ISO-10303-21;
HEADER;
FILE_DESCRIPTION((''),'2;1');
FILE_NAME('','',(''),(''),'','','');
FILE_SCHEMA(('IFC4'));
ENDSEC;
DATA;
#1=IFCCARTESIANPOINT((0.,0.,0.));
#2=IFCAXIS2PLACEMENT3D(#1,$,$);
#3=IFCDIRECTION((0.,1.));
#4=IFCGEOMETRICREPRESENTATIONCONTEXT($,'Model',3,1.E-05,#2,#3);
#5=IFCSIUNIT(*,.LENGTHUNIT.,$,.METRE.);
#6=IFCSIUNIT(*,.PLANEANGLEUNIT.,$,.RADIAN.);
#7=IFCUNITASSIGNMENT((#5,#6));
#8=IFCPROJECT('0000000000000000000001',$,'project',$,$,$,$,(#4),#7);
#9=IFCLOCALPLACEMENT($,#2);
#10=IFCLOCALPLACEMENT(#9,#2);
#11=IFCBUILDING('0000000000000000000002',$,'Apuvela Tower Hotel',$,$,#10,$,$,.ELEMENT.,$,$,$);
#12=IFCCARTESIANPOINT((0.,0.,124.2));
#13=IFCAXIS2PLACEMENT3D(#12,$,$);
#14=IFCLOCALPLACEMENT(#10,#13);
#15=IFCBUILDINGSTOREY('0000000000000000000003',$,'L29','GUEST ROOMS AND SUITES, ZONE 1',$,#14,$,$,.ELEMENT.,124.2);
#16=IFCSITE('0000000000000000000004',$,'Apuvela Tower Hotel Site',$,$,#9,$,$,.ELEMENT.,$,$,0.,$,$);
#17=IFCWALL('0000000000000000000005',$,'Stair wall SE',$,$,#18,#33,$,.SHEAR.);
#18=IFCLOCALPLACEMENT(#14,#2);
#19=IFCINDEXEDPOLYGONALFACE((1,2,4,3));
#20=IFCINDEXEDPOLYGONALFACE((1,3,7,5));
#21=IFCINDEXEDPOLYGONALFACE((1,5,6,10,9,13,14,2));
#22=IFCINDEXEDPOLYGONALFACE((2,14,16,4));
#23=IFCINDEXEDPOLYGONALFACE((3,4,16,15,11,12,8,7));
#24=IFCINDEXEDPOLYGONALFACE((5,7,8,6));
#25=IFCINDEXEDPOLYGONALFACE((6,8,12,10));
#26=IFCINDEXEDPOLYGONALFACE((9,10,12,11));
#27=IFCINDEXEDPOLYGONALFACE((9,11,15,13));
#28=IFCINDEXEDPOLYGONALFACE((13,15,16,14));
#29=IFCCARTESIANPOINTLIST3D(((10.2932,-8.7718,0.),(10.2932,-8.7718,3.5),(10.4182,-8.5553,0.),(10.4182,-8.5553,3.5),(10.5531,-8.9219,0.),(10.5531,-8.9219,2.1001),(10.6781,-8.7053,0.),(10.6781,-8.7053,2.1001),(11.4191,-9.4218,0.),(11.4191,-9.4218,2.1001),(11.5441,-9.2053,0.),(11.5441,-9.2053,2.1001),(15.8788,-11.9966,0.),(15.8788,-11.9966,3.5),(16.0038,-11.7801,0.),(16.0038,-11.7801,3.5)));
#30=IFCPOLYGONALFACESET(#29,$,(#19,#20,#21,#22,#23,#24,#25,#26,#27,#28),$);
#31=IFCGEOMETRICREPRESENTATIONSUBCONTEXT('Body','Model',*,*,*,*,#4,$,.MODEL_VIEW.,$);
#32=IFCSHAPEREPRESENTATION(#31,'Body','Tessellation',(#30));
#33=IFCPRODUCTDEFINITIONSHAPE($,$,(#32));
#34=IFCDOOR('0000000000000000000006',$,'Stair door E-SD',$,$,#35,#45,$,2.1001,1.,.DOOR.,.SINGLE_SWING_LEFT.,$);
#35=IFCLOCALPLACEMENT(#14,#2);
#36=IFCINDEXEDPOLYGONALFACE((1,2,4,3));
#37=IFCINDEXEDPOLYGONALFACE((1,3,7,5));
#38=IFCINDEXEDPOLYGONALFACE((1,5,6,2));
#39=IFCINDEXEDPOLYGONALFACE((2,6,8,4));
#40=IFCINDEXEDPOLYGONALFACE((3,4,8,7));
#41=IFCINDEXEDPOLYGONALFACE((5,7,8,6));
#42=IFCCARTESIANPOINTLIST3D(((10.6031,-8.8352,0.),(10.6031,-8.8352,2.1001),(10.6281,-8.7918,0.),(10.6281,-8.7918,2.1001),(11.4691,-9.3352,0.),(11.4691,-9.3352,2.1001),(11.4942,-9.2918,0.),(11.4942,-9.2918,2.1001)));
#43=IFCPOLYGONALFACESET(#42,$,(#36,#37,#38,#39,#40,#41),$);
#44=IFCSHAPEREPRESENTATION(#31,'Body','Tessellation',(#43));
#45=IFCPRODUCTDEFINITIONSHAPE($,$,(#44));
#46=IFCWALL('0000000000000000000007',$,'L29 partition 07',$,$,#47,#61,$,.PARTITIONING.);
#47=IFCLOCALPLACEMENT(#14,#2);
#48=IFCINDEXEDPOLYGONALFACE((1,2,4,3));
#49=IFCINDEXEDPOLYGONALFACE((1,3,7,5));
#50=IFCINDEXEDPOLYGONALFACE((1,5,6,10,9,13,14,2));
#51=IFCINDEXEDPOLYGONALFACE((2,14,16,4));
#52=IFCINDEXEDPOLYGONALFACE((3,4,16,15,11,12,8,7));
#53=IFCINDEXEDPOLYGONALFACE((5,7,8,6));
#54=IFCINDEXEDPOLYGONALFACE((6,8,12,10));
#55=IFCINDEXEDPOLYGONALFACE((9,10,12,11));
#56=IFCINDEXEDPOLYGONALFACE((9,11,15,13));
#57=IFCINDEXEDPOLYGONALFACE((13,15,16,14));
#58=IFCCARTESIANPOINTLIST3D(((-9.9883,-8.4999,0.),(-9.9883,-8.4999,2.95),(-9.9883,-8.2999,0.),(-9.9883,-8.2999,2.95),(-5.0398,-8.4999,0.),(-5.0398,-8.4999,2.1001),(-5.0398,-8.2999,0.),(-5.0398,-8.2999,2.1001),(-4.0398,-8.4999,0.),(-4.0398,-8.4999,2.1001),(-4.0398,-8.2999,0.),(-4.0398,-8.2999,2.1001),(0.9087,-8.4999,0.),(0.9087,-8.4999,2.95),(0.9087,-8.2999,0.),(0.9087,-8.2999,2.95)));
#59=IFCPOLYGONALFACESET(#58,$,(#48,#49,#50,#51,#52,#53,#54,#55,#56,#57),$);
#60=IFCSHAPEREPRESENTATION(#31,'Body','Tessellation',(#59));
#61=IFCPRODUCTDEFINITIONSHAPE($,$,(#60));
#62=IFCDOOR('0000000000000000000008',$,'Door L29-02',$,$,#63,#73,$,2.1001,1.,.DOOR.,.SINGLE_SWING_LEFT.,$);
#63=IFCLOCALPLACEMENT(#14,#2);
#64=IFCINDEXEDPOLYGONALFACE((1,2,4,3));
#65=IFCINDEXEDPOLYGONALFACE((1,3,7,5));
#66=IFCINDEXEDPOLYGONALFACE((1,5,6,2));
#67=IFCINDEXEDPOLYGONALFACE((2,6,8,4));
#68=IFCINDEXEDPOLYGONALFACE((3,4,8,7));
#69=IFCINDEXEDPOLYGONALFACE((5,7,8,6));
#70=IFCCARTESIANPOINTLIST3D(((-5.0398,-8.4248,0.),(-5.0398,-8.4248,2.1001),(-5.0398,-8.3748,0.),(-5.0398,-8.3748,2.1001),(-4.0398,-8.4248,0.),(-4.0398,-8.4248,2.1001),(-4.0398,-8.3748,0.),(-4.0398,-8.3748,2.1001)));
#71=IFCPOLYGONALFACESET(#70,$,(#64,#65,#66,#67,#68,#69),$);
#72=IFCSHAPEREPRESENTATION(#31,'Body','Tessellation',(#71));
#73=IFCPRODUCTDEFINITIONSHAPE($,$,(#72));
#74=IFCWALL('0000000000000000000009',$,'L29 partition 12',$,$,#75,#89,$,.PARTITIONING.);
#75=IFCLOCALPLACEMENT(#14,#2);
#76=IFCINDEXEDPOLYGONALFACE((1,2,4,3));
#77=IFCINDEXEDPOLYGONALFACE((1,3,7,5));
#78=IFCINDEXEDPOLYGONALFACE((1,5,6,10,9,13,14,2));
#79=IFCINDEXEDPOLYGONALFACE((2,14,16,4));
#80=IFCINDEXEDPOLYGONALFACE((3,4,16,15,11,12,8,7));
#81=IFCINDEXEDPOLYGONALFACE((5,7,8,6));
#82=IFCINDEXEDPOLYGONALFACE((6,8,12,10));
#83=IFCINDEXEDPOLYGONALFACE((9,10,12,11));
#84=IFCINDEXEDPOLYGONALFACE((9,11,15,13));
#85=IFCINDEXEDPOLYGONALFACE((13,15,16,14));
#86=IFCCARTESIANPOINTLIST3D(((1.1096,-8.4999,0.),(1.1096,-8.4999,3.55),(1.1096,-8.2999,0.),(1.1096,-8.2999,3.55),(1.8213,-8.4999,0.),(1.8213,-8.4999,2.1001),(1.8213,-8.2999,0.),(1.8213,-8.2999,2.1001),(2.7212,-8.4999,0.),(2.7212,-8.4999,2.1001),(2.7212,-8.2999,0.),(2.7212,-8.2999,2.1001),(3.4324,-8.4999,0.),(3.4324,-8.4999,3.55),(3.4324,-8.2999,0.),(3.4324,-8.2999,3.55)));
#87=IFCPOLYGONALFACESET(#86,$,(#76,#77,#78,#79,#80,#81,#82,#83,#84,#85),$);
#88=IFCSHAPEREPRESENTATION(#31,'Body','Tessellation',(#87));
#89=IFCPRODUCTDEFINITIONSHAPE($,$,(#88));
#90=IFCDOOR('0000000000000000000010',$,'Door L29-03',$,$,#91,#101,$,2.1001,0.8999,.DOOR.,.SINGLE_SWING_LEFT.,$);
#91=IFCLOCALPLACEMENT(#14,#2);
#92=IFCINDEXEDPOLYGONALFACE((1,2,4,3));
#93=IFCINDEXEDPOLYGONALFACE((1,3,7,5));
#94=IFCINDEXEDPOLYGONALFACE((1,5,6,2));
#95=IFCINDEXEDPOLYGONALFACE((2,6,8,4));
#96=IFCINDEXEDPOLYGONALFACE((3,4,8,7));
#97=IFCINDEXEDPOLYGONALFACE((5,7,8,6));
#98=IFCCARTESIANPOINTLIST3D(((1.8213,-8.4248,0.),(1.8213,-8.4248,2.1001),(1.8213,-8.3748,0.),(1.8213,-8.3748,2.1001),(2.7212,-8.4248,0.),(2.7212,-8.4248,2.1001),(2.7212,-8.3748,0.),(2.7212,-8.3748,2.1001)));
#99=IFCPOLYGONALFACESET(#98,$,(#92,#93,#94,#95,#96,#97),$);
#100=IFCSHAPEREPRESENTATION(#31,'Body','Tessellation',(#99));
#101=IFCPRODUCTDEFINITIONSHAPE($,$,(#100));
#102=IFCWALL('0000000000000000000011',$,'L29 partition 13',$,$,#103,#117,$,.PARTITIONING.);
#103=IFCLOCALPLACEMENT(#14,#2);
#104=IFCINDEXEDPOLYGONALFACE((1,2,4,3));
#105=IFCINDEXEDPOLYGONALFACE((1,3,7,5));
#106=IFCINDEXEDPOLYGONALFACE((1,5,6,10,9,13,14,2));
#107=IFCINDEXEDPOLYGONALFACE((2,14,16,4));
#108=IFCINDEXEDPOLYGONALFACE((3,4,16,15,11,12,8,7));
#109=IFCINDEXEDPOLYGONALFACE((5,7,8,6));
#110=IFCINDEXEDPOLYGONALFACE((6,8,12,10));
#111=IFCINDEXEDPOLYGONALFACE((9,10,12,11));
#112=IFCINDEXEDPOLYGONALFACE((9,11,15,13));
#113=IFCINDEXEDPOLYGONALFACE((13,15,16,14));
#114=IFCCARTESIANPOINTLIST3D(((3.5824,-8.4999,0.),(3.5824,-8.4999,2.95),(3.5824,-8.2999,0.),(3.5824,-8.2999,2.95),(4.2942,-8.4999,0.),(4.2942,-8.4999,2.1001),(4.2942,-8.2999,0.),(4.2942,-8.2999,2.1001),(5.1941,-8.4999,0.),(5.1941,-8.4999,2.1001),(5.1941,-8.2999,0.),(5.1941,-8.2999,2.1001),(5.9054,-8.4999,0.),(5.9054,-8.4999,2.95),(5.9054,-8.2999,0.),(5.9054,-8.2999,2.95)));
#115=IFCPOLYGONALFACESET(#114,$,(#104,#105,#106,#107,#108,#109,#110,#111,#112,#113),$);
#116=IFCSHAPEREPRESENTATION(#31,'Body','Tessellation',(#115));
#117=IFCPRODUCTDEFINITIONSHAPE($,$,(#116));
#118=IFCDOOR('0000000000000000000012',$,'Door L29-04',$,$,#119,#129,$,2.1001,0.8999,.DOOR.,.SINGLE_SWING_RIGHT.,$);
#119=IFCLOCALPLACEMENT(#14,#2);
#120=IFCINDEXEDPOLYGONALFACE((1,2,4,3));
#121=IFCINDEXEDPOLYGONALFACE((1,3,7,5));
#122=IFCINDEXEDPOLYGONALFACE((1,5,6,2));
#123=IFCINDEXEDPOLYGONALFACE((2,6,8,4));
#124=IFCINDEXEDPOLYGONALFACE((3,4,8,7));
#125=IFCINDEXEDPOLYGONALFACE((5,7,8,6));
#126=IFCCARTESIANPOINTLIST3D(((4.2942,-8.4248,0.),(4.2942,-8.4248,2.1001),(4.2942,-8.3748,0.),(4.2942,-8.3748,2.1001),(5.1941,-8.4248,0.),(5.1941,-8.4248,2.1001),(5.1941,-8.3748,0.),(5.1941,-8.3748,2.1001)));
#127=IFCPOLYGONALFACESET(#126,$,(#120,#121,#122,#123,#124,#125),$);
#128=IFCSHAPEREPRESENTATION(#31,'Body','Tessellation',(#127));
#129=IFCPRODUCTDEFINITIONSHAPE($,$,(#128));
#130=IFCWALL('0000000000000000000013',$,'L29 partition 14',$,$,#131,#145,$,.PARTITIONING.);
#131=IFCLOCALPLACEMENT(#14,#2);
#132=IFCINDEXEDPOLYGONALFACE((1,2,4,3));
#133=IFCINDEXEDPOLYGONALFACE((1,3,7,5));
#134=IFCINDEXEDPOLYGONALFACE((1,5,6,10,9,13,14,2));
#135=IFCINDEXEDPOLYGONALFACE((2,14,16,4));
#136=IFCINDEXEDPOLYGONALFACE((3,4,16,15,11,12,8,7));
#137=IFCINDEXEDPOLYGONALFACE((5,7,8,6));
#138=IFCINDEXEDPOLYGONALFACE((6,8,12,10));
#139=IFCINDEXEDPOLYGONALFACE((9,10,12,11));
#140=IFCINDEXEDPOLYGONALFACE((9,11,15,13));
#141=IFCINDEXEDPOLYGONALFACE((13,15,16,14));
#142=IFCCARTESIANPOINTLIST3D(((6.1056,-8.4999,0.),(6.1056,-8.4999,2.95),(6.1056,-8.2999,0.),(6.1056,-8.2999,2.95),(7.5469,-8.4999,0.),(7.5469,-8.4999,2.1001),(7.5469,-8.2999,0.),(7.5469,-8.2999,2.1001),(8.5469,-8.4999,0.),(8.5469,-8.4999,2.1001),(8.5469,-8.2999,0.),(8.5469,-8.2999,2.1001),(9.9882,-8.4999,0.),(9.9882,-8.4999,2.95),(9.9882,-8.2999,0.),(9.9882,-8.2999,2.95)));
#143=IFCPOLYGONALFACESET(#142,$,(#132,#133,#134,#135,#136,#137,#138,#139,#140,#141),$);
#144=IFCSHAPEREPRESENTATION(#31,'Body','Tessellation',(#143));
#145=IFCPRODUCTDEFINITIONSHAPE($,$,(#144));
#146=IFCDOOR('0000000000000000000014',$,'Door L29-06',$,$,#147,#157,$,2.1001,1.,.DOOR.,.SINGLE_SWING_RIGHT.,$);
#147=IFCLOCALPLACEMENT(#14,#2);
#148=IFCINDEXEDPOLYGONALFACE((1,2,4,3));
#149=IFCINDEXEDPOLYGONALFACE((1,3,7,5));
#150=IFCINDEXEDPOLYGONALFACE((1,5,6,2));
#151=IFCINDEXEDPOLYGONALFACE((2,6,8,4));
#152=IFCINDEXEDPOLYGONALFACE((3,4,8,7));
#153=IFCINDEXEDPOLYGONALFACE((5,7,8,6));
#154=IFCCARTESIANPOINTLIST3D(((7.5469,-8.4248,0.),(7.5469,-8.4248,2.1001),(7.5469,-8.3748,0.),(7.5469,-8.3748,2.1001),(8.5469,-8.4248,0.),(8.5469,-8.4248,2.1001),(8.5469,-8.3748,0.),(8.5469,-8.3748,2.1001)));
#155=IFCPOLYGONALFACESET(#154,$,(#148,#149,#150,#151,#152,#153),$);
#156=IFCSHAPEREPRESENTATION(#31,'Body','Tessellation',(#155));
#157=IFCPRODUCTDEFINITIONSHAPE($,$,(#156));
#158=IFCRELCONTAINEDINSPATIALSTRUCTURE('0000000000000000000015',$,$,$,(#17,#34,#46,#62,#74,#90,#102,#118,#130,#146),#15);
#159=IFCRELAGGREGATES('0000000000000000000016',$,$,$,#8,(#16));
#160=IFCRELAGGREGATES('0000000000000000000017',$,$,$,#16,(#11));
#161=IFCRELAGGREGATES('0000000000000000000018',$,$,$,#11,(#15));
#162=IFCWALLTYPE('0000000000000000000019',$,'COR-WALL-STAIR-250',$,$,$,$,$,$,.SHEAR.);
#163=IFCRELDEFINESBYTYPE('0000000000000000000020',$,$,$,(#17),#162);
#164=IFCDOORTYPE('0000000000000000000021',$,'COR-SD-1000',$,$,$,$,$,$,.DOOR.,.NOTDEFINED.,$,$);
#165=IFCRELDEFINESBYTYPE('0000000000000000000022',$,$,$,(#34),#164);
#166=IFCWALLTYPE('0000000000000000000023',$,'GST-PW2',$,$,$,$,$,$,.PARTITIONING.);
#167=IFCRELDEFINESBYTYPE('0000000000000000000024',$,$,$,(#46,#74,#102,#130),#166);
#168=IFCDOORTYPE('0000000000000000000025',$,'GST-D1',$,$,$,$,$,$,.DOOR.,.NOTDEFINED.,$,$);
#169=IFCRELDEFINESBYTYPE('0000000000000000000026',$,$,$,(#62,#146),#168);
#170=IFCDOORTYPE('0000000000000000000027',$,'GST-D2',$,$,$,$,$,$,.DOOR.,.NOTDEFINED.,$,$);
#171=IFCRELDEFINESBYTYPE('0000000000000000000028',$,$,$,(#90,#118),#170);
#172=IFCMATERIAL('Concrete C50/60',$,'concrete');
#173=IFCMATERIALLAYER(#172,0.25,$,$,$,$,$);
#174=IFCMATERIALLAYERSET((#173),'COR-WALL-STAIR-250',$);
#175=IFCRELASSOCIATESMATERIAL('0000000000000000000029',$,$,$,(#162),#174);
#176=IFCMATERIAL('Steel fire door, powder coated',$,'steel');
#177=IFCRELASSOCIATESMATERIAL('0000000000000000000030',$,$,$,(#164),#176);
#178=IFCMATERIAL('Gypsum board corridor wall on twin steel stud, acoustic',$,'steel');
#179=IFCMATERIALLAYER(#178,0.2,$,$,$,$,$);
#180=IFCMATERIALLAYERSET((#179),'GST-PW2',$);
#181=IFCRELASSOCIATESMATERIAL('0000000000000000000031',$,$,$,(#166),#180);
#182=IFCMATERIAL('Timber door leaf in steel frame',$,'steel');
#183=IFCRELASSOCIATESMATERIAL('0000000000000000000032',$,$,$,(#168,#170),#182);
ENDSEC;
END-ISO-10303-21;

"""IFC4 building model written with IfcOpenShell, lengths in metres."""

from ifc_helpers import new_model, si_unit, direction, frame, frame_2d, origin, place, context, subcontext, project, spatial, rectangle, extrude, material, layer, layer_set, type_object, element, fill, save


model = new_model("IFC4")

# Units and contexts
model_context = context("Model", 3, precision=1e-05, world=origin(), true_north=direction((0.0, 1.0)))
body_context = subcontext(model_context, "Body", "Model", "MODEL_VIEW")
ifc_project = project(units=[si_unit("LENGTHUNIT", "METRE"), si_unit("PLANEANGLEUNIT", "RADIAN")], contexts=[model_context])

# Site, building, storey
site_placement = place(None, origin())
site = spatial("IfcSite", under=ifc_project, at=site_placement, Name="Apuvela Tower Hotel Site", CompositionType="ELEMENT", RefElevation=0.0)
building_placement = place(site_placement, origin())
building = spatial("IfcBuilding", under=site, at=building_placement, Name="Apuvela Tower Hotel", CompositionType="ELEMENT")
storey_placement = place(building_placement, frame((0.0, 0.0, 124.2)))
storey = spatial("IfcBuildingStorey", under=building, at=storey_placement, Name="L29", Description="GUEST ROOMS AND SUITES, ZONE 1", CompositionType="ELEMENT", Elevation=124.2)

# Shared definitions
ifc_material_1 = material(Name="Concrete C50/60", Category="concrete")
ifc_material_2 = material(Name="Steel fire door, powder coated", Category="steel")

# Walls, openings, doors
ifc_layer_1 = layer(ifc_material_1, 0.25)
ifc_layer_set_1 = layer_set([ifc_layer_1], Name="COR-WALL-STAIR-250")
wall_type_1 = type_object("IfcWallType", Name="COR-WALL-STAIR-250", PredefinedType="SHEAR", material=ifc_layer_set_1)
wall_1_placement = place(storey_placement, frame((10.3557, -8.6636, 0.0), z_axis=(0.0, 0.0, 1.0), x_axis=(0.866029, -0.499994, 0.0)))
wall_1 = element("IfcWall", 1, at=wall_1_placement, inside=storey, type_object=wall_type_1, Name="Stair wall SE", PredefinedType="SHEAR", context=body_context, shape_type="SweptSolid", body=[
    extrude(rectangle(XDim=6.4497, YDim=0.25, at=frame_2d((3.2249, 0.0))), origin(), (0.0, 0.0, 1.0), 3.5),
])
opening_1_placement = place(wall_1_placement, frame((0.3, 0.0, 0.0)))
opening_1 = element("IfcOpeningElement", 2, at=opening_1_placement, cuts=wall_1, PredefinedType="OPENING", context=body_context, shape_type="SweptSolid", body=[
    extrude(rectangle(XDim=1.0, YDim=2.1001, at=frame_2d((0.5, 1.05))), frame((0.0, 0.135, 0.0), z_axis=(0.0, -1.0, 0.0), x_axis=(1.0, 0.0, 0.0)), (0.0, 0.0, 1.0), 0.27),
])
door_type_1 = type_object("IfcDoorType", Name="COR-SD-1000", OperationType="NOTDEFINED", PredefinedType="DOOR", material=ifc_material_2)
door_1_placement = place(opening_1_placement, frame((1.0, 0.0, 0.0), z_axis=(0.0, 0.0, 1.0), x_axis=(-1.0, 0.0, 0.0)))
door_1 = element("IfcDoor", 3, at=door_1_placement, inside=storey, type_object=door_type_1, Name="Stair door E-SD", OperationType="SINGLE_SWING_LEFT", OverallHeight=2.1001, OverallWidth=1.0, PredefinedType="DOOR", context=body_context, shape_type="SweptSolid", body=[
    extrude(rectangle(XDim=1.0, YDim=2.1001, at=frame_2d((0.5, 1.05))), frame((0.0, 0.0249, 0.0), z_axis=(0.0, -1.0, 0.0), x_axis=(1.0, 0.0, 0.0)), (0.0, 0.0, 1.0), 0.05),
])
fill(opening_1, door_1)
ifc_material_3 = material(Name="Gypsum board corridor wall on twin steel stud, acoustic", Category="steel")
ifc_layer_2 = layer(ifc_material_3, 0.2)
ifc_layer_set_2 = layer_set([ifc_layer_2], Name="GST-PW2")
wall_type_2 = type_object("IfcWallType", Name="GST-PW2", PredefinedType="PARTITIONING", material=ifc_layer_set_2)
wall_2_placement = place(storey_placement, frame((0.9087, -8.3999, 0.0), z_axis=(0.0, 0.0, 1.0), x_axis=(-1.0, 0.0, 0.0)))
wall_2 = element("IfcWall", 4, at=wall_2_placement, inside=storey, type_object=wall_type_2, Name="L29 partition 07", PredefinedType="PARTITIONING", context=body_context, shape_type="SweptSolid", body=[
    extrude(rectangle(XDim=10.897, YDim=0.2, at=frame_2d((5.4485, 0.0))), origin(), (0.0, 0.0, 1.0), 2.95),
])
opening_2_placement = place(wall_2_placement, frame((4.9485, 0.0, 0.0)))
opening_2 = element("IfcOpeningElement", 5, at=opening_2_placement, cuts=wall_2, PredefinedType="OPENING", context=body_context, shape_type="SweptSolid", body=[
    extrude(rectangle(XDim=1.0, YDim=2.1001, at=frame_2d((0.5, 1.05))), frame((0.0, 0.1099, 0.0), z_axis=(0.0, -1.0, 0.0), x_axis=(1.0, 0.0, 0.0)), (0.0, 0.0, 1.0), 0.22),
])
ifc_material_4 = material(Name="Timber door leaf in steel frame", Category="steel")
door_type_2 = type_object("IfcDoorType", Name="GST-D1", OperationType="NOTDEFINED", PredefinedType="DOOR", material=ifc_material_4)
door_2_placement = place(opening_2_placement, origin())
door_2 = element("IfcDoor", 6, at=door_2_placement, inside=storey, type_object=door_type_2, Name="Door L29-02", OperationType="SINGLE_SWING_LEFT", OverallHeight=2.1001, OverallWidth=1.0, PredefinedType="DOOR", context=body_context, shape_type="SweptSolid", body=[
    extrude(rectangle(XDim=1.0, YDim=2.1001, at=frame_2d((0.5, 1.05))), frame((0.0, 0.0249, 0.0), z_axis=(0.0, -1.0, 0.0), x_axis=(1.0, 0.0, 0.0)), (0.0, 0.0, 1.0), 0.05),
])
fill(opening_2, door_2)
wall_3_placement = place(storey_placement, frame((3.4324, -8.3999, 0.0), z_axis=(0.0, 0.0, 1.0), x_axis=(-1.0, 0.0, 0.0)))
wall_3 = element("IfcWall", 7, at=wall_3_placement, inside=storey, type_object=wall_type_2, Name="L29 partition 12", PredefinedType="PARTITIONING", context=body_context, shape_type="SweptSolid", body=[
    extrude(rectangle(XDim=2.3228, YDim=0.2, at=frame_2d((1.1614, 0.0))), origin(), (0.0, 0.0, 1.0), 3.55),
])
opening_3_placement = place(wall_3_placement, frame((0.7112, 0.0, 0.0)))
opening_3 = element("IfcOpeningElement", 8, at=opening_3_placement, cuts=wall_3, PredefinedType="OPENING", context=body_context, shape_type="SweptSolid", body=[
    extrude(rectangle(XDim=0.8999, YDim=2.1001, at=frame_2d((0.45, 1.05))), frame((0.0, 0.1099, 0.0), z_axis=(0.0, -1.0, 0.0), x_axis=(1.0, 0.0, 0.0)), (0.0, 0.0, 1.0), 0.22),
])
door_type_3 = type_object("IfcDoorType", Name="GST-D2", OperationType="NOTDEFINED", PredefinedType="DOOR", material=ifc_material_4)
door_3_placement = place(opening_3_placement, origin())
door_3 = element("IfcDoor", 9, at=door_3_placement, inside=storey, type_object=door_type_3, Name="Door L29-03", OperationType="SINGLE_SWING_LEFT", OverallHeight=2.1001, OverallWidth=0.8999, PredefinedType="DOOR", context=body_context, shape_type="SweptSolid", body=[
    extrude(rectangle(XDim=0.8999, YDim=2.1001, at=frame_2d((0.45, 1.05))), frame((0.0, 0.0249, 0.0), z_axis=(0.0, -1.0, 0.0), x_axis=(1.0, 0.0, 0.0)), (0.0, 0.0, 1.0), 0.05),
])
fill(opening_3, door_3)
wall_4_placement = place(storey_placement, frame((5.9055, -8.3999, 0.0), z_axis=(0.0, 0.0, 1.0), x_axis=(-1.0, 0.0, 0.0)))
wall_4 = element("IfcWall", 10, at=wall_4_placement, inside=storey, type_object=wall_type_2, Name="L29 partition 13", PredefinedType="PARTITIONING", context=body_context, shape_type="SweptSolid", body=[
    extrude(rectangle(XDim=2.323, YDim=0.2, at=frame_2d((1.1616, 0.0))), origin(), (0.0, 0.0, 1.0), 2.95),
])
opening_4_placement = place(wall_4_placement, frame((0.7114, 0.0, 0.0)))
opening_4 = element("IfcOpeningElement", 11, at=opening_4_placement, cuts=wall_4, PredefinedType="OPENING", context=body_context, shape_type="SweptSolid", body=[
    extrude(rectangle(XDim=0.8999, YDim=2.1001, at=frame_2d((0.45, 1.05))), frame((0.0, 0.1099, 0.0), z_axis=(0.0, -1.0, 0.0), x_axis=(1.0, 0.0, 0.0)), (0.0, 0.0, 1.0), 0.22),
])
door_4_placement = place(opening_4_placement, origin())
door_4 = element("IfcDoor", 12, at=door_4_placement, inside=storey, type_object=door_type_3, Name="Door L29-04", OperationType="SINGLE_SWING_RIGHT", OverallHeight=2.1001, OverallWidth=0.8999, PredefinedType="DOOR", context=body_context, shape_type="SweptSolid", body=[
    extrude(rectangle(XDim=0.8999, YDim=2.1001, at=frame_2d((0.45, 1.05))), frame((0.0, 0.0249, 0.0), z_axis=(0.0, -1.0, 0.0), x_axis=(1.0, 0.0, 0.0)), (0.0, 0.0, 1.0), 0.05),
])
fill(opening_4, door_4)
wall_5_placement = place(storey_placement, frame((9.9883, -8.3999, 0.0), z_axis=(0.0, 0.0, 1.0), x_axis=(-1.0, 0.0, 0.0)))
wall_5 = element("IfcWall", 13, at=wall_5_placement, inside=storey, type_object=wall_type_2, Name="L29 partition 14", PredefinedType="PARTITIONING", context=body_context, shape_type="SweptSolid", body=[
    extrude(rectangle(XDim=3.8826, YDim=0.2, at=frame_2d((1.9414, 0.0))), origin(), (0.0, 0.0, 1.0), 2.95),
])
opening_5_placement = place(wall_5_placement, frame((1.4414, 0.0, 0.0)))
opening_5 = element("IfcOpeningElement", 14, at=opening_5_placement, cuts=wall_5, PredefinedType="OPENING", context=body_context, shape_type="SweptSolid", body=[
    extrude(rectangle(XDim=1.0, YDim=2.1001, at=frame_2d((0.5, 1.05))), frame((0.0, 0.1099, 0.0), z_axis=(0.0, -1.0, 0.0), x_axis=(1.0, 0.0, 0.0)), (0.0, 0.0, 1.0), 0.22),
])
door_5_placement = place(opening_5_placement, origin())
door_5 = element("IfcDoor", 15, at=door_5_placement, inside=storey, type_object=door_type_2, Name="Door L29-06", OperationType="SINGLE_SWING_RIGHT", OverallHeight=2.1001, OverallWidth=1.0, PredefinedType="DOOR", context=body_context, shape_type="SweptSolid", body=[
    extrude(rectangle(XDim=1.0, YDim=2.1001, at=frame_2d((0.5, 1.05))), frame((0.0, 0.0249, 0.0), z_axis=(0.0, -1.0, 0.0), x_axis=(1.0, 0.0, 0.0)), (0.0, 0.0, 1.0), 0.05),
])
fill(opening_5, door_5)

save(model, "model.ifc")
